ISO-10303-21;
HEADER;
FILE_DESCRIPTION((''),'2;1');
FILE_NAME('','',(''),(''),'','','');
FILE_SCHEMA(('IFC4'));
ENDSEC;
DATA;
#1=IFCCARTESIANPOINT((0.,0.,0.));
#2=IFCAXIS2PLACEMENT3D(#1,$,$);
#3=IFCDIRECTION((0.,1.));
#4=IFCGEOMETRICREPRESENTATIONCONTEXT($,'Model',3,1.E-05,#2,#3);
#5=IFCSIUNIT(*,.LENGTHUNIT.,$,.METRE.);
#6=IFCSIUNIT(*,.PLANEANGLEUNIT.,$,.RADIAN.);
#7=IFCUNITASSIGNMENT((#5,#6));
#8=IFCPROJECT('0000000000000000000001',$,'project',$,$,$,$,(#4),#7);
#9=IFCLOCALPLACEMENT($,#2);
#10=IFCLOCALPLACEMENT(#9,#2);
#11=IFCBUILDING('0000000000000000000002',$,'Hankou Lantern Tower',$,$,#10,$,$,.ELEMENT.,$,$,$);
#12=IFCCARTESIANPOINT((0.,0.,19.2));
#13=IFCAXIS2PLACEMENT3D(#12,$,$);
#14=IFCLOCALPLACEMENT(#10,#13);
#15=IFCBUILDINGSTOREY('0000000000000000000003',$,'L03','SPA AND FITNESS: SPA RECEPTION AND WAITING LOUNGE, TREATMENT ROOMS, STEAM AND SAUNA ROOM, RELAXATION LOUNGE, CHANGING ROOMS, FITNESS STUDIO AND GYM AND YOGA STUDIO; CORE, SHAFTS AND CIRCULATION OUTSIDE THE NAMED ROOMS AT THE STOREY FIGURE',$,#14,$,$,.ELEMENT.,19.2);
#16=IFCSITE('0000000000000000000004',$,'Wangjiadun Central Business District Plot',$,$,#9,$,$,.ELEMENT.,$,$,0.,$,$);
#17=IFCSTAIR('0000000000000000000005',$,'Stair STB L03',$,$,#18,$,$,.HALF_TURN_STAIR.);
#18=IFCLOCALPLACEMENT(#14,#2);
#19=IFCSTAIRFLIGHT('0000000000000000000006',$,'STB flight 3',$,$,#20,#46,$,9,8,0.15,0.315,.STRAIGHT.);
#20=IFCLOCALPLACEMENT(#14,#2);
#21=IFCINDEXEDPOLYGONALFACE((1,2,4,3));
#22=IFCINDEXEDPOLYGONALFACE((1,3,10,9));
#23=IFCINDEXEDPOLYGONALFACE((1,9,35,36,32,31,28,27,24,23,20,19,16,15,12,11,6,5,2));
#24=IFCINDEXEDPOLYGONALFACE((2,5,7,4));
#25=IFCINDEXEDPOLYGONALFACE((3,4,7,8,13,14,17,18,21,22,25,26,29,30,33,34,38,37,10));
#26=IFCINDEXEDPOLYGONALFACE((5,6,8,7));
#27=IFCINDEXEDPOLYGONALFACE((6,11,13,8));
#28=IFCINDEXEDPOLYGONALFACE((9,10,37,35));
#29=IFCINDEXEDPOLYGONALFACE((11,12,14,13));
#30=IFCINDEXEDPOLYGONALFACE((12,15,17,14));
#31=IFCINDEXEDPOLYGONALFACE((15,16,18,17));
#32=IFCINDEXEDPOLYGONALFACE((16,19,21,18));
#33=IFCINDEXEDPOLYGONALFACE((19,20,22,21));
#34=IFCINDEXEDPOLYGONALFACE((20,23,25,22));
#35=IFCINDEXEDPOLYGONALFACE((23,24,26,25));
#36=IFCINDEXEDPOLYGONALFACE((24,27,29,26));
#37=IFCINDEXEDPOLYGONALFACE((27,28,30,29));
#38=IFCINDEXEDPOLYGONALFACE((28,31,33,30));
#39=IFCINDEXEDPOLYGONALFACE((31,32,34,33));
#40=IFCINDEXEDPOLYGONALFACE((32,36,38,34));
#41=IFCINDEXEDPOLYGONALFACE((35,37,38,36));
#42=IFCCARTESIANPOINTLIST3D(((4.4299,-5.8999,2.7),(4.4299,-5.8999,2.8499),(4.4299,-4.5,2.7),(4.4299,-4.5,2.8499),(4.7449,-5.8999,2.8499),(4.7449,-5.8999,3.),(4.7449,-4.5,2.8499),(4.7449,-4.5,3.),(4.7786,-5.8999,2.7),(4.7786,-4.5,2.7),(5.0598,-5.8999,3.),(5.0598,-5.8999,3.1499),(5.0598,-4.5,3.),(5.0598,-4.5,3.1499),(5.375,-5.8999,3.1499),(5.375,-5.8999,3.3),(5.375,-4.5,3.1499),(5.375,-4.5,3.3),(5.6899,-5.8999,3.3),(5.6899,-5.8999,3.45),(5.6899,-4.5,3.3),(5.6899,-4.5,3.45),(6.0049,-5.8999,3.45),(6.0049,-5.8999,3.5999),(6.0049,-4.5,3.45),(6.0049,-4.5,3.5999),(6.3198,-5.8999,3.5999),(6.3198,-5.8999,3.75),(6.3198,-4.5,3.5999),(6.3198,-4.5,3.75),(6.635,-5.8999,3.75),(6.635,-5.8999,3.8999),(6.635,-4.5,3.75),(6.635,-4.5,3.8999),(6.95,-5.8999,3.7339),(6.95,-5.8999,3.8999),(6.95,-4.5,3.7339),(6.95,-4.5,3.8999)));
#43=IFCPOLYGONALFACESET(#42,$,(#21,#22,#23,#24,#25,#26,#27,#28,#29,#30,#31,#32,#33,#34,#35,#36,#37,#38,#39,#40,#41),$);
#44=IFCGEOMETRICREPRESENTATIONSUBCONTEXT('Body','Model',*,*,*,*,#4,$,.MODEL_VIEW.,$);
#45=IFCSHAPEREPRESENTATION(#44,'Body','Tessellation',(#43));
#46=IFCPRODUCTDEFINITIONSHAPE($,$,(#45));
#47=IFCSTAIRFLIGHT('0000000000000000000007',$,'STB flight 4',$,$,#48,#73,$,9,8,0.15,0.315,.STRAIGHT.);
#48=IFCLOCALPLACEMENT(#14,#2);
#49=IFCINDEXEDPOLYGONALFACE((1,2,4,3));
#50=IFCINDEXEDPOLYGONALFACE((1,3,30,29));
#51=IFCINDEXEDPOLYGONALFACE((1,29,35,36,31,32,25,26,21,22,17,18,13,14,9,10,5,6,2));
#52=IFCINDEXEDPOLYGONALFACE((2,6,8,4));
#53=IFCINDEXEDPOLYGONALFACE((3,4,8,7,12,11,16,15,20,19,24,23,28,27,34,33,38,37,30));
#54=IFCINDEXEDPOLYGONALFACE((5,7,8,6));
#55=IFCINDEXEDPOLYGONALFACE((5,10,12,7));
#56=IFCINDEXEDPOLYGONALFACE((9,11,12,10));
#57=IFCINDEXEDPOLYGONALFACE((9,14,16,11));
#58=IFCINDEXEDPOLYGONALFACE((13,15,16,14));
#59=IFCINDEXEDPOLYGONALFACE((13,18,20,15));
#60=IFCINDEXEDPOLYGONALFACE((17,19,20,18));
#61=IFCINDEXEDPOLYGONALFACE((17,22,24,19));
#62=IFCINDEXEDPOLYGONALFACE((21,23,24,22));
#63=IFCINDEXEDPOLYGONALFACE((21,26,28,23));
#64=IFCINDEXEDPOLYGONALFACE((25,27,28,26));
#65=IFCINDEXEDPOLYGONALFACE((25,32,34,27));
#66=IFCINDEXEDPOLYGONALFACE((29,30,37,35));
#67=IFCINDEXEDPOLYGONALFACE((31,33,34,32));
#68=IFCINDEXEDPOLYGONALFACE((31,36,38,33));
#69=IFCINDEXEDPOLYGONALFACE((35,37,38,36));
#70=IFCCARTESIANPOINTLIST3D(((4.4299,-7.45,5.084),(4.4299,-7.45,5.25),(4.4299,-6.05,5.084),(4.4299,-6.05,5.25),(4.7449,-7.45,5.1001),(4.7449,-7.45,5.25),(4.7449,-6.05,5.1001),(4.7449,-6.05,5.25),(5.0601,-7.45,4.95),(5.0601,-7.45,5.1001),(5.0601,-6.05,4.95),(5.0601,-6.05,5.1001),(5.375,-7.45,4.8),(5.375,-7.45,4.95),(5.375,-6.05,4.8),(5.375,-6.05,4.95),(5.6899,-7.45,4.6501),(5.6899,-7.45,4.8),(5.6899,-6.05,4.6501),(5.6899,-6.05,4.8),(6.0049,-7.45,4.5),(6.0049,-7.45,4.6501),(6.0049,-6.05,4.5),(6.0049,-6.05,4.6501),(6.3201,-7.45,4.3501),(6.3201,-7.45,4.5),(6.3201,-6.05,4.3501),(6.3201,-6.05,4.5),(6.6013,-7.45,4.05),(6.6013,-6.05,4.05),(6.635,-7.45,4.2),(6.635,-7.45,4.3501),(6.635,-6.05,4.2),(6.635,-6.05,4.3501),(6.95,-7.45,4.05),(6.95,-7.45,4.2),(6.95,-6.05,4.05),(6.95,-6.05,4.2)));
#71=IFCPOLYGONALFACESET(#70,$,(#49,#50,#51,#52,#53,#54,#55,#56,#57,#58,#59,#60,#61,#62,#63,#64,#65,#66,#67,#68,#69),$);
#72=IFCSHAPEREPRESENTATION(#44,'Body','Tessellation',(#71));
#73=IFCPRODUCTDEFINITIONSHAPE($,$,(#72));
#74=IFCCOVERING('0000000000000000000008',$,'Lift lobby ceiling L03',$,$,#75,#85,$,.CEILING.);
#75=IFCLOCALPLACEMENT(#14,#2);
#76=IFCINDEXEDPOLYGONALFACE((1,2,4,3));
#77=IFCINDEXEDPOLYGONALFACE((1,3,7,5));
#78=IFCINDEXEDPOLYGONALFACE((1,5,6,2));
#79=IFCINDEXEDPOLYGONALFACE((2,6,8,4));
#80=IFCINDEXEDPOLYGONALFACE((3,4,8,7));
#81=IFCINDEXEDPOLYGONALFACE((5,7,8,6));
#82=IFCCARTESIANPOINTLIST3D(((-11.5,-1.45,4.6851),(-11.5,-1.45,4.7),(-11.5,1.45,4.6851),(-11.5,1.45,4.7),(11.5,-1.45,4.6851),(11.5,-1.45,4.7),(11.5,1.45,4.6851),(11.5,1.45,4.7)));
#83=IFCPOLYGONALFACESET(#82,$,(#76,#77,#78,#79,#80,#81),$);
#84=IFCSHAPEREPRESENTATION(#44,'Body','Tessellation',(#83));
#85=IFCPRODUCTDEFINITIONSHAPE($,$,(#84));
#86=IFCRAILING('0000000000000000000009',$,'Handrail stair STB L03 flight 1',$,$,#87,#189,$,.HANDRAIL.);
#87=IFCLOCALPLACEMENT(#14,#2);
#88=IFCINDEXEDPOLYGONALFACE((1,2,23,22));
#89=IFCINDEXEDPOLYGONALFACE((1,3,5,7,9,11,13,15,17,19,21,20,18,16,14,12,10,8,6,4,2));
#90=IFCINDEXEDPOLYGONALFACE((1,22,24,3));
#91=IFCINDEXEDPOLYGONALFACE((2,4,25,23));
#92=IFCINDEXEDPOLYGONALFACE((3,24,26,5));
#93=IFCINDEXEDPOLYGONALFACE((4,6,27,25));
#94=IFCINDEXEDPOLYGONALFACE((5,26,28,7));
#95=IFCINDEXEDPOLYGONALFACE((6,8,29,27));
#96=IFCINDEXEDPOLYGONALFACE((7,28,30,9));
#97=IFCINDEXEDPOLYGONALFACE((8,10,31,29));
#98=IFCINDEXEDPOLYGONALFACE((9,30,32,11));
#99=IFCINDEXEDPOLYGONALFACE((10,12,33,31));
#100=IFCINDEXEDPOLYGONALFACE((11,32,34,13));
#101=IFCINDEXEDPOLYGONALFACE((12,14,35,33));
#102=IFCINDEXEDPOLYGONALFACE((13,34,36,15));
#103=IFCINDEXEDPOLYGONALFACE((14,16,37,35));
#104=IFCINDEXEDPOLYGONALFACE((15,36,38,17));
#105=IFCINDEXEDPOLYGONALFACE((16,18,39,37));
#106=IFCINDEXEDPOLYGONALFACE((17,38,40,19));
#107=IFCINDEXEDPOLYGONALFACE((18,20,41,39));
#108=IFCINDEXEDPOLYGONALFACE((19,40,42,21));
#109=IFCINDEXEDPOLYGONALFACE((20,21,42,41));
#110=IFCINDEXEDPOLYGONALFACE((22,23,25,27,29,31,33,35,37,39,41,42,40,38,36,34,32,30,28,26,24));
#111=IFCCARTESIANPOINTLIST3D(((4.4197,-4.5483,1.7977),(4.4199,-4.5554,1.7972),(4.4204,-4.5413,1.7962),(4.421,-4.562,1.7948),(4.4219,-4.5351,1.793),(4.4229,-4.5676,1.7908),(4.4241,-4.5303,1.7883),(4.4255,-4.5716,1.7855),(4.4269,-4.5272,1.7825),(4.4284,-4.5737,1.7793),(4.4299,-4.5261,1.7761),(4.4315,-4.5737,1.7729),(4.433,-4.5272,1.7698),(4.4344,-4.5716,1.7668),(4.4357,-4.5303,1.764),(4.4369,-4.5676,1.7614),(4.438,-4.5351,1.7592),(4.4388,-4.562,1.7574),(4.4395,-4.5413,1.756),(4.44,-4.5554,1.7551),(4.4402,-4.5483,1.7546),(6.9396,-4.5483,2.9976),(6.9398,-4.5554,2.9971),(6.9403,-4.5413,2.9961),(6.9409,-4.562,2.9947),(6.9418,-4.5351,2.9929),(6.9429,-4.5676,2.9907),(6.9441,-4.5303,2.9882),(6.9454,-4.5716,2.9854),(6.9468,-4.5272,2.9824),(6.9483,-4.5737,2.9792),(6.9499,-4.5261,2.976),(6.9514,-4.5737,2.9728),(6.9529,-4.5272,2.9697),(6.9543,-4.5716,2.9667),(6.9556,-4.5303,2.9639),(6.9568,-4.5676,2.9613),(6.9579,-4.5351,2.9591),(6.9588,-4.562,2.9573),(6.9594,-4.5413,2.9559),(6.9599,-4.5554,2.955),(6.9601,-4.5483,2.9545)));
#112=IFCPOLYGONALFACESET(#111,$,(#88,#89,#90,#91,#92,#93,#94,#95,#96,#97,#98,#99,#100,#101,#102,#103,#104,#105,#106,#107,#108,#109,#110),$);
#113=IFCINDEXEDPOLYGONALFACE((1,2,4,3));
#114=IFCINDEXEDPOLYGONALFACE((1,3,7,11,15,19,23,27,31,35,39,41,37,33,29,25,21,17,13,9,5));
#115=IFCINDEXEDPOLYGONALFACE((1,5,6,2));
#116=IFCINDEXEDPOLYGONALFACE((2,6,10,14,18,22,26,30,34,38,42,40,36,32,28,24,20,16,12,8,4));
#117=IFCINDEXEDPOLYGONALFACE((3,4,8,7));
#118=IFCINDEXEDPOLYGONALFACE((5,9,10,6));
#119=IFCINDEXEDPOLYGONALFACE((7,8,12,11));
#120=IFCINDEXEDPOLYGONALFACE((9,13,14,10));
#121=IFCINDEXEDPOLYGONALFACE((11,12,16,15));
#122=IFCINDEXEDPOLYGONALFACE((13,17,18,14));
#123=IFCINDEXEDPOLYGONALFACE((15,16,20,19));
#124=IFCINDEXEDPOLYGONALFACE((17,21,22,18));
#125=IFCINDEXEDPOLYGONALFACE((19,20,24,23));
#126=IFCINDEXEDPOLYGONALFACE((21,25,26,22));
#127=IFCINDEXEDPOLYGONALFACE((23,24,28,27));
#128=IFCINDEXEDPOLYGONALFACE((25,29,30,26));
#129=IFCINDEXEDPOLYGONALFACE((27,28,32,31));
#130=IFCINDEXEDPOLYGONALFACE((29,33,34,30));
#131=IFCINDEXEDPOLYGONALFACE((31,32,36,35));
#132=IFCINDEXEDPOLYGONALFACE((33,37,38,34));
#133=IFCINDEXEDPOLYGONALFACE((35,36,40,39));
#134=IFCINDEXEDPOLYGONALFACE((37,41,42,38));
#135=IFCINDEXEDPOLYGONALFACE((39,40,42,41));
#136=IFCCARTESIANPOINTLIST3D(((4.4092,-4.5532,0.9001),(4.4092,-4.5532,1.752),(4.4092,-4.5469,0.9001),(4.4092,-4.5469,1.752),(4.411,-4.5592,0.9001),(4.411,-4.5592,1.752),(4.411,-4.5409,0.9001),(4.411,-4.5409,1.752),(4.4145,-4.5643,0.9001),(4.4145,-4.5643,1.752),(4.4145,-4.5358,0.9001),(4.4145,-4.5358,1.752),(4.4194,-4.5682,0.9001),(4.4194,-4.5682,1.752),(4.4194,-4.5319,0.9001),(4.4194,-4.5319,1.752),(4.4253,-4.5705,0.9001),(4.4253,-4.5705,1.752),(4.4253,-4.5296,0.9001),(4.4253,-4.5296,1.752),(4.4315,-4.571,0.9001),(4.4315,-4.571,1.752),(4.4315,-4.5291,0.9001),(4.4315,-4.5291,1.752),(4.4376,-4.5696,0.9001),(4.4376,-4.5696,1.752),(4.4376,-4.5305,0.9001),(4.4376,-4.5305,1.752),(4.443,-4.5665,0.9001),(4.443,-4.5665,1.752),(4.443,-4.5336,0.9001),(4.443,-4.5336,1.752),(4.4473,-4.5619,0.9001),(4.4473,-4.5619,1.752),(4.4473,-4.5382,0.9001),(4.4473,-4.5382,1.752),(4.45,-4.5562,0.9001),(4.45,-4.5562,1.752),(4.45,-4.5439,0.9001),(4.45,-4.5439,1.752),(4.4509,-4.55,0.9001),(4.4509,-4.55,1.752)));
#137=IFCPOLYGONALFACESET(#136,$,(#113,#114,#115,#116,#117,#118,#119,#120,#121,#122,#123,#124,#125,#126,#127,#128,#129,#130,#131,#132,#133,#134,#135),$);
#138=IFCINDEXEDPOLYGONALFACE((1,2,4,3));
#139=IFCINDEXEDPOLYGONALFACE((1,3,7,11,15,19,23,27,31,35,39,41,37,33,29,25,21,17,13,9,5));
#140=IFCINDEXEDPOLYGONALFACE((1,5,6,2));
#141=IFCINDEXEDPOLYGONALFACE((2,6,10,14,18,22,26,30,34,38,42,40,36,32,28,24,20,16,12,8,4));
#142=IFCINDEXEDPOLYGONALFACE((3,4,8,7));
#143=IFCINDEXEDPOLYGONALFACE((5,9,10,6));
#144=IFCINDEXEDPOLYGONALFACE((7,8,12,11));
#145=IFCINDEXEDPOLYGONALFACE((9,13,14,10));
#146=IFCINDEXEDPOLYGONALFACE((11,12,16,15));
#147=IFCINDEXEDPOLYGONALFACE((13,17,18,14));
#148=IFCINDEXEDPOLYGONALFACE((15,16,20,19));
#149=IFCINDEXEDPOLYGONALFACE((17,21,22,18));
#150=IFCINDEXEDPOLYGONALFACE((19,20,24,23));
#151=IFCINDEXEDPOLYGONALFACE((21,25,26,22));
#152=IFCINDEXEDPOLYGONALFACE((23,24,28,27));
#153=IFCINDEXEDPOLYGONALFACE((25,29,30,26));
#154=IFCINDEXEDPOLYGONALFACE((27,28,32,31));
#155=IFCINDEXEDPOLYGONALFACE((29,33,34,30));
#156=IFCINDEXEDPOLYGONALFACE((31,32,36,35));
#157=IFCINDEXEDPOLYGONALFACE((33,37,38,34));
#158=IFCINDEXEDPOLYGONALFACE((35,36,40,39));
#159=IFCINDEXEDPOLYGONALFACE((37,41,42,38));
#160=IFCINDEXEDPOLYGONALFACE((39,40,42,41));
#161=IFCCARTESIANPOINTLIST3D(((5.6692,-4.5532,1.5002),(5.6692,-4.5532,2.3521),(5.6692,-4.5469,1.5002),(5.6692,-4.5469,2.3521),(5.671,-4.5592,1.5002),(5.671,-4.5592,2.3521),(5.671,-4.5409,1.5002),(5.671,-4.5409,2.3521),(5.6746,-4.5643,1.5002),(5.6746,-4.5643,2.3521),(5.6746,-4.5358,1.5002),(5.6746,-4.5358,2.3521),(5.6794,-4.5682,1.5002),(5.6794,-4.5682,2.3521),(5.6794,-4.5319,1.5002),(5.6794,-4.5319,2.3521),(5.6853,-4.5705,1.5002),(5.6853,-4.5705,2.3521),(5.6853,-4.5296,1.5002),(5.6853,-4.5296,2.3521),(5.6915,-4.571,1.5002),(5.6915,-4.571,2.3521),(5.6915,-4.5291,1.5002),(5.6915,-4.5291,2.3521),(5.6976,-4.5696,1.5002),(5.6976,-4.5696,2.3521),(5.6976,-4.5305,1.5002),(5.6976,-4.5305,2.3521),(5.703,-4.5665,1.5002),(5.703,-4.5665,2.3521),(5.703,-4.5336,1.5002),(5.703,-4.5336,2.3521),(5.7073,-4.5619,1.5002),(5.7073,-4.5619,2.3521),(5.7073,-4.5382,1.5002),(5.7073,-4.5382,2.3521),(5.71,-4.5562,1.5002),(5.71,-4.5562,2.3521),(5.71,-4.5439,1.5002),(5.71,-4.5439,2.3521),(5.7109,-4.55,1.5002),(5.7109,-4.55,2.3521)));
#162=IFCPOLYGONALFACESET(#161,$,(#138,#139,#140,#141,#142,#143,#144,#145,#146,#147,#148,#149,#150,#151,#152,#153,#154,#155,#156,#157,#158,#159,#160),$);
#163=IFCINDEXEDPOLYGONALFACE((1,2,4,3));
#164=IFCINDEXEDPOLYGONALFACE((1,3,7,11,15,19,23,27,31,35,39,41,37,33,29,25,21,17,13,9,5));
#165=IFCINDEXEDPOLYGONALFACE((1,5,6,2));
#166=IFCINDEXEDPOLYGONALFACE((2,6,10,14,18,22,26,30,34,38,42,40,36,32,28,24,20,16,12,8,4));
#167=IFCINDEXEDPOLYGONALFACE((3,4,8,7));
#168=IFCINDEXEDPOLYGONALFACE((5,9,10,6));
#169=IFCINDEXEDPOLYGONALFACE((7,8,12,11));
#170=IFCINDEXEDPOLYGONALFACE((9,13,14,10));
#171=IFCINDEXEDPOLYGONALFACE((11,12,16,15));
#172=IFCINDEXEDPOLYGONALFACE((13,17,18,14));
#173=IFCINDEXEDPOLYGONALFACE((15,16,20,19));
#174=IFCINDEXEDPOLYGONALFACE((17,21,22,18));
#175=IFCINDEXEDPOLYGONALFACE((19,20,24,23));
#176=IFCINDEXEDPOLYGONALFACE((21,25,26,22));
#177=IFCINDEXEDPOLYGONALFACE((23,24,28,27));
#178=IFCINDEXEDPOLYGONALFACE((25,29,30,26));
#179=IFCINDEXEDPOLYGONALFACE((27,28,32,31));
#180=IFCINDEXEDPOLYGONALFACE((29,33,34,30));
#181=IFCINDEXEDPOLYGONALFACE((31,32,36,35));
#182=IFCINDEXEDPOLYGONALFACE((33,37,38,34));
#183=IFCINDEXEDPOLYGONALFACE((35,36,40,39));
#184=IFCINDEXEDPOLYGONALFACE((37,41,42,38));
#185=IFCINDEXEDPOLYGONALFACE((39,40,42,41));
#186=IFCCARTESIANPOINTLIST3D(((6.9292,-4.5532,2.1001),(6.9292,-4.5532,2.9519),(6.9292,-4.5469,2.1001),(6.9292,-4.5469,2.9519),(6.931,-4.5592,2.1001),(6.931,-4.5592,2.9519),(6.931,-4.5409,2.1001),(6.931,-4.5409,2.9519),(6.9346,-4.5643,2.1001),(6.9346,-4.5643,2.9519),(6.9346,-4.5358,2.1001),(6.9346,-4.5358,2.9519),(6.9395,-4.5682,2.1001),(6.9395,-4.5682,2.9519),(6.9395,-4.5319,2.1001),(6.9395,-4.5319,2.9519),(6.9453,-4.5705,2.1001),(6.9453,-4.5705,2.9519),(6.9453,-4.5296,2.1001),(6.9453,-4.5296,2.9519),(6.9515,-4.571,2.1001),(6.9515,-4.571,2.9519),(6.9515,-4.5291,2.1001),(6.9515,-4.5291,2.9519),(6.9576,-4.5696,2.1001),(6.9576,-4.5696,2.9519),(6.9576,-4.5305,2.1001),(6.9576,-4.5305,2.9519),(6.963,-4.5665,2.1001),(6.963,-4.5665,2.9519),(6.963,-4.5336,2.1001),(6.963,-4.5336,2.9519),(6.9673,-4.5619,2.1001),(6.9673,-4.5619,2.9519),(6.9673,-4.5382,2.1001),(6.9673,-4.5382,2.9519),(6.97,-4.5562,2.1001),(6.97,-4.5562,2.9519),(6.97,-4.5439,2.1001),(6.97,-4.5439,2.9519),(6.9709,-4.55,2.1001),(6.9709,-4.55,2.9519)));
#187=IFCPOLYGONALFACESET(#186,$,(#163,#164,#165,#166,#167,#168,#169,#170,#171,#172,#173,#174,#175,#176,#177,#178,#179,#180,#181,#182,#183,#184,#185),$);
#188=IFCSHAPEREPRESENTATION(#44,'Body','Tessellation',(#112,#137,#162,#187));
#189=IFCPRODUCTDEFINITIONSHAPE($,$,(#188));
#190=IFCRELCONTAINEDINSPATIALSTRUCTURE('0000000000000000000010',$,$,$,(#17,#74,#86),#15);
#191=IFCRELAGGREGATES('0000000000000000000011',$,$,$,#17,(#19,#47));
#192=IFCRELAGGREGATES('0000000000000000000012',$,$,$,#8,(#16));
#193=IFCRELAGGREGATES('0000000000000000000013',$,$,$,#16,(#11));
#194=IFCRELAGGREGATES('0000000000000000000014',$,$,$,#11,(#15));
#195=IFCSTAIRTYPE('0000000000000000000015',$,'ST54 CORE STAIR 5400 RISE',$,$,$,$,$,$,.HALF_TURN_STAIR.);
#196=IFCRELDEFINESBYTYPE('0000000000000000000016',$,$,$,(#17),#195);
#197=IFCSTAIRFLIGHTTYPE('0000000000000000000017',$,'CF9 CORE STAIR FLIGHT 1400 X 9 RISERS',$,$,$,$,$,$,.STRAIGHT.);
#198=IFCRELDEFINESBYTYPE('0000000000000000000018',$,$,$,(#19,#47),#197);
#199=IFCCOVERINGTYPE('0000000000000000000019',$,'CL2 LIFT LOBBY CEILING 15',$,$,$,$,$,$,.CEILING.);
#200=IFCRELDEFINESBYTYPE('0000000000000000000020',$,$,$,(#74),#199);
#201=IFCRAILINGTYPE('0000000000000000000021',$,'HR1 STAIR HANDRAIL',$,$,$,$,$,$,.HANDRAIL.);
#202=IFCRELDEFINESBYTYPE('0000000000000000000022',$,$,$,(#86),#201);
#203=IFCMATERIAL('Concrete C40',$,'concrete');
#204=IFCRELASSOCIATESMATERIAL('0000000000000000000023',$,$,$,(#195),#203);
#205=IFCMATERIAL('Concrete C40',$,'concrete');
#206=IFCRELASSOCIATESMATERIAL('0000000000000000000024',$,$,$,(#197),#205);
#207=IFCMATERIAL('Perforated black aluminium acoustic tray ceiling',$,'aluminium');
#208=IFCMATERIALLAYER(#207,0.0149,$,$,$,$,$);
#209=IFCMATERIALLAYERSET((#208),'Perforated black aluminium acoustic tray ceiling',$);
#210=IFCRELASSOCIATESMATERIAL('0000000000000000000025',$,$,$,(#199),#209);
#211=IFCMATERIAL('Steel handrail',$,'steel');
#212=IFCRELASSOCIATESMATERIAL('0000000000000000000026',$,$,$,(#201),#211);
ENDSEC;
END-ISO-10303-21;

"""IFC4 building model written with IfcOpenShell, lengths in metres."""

from ifc_helpers import new_model, si_unit, direction, frame, origin, origin_2d, place, context, subcontext, project, spatial, polyline, circle, outline, extrude, material, layer, layer_set, type_object, element, aggregate, save


model = new_model("IFC4")

# Units and contexts
model_context = context("Model", 3, precision=1e-05, world=origin(), true_north=direction((0.0, 1.0)))
body_context = subcontext(model_context, "Body", "Model", "MODEL_VIEW")
ifc_project = project(units=[si_unit("LENGTHUNIT", "METRE"), si_unit("PLANEANGLEUNIT", "RADIAN")], contexts=[model_context])

# Site, building, storey
site_placement = place(None, origin())
site = spatial("IfcSite", under=ifc_project, at=site_placement, Name="Wangjiadun Central Business District Plot", CompositionType="ELEMENT", RefElevation=0.0)
building_placement = place(site_placement, origin())
building = spatial("IfcBuilding", under=site, at=building_placement, Name="Hankou Lantern Tower", CompositionType="ELEMENT")
storey_placement = place(building_placement, frame((0.0, 0.0, 19.2)))
storey = spatial("IfcBuildingStorey", under=building, at=storey_placement, Name="L03", Description="SPA AND FITNESS: SPA RECEPTION AND WAITING LOUNGE, TREATMENT ROOMS, STEAM AND SAUNA ROOM, RELAXATION LOUNGE, CHANGING ROOMS, FITNESS STUDIO AND GYM AND YOGA STUDIO; CORE, SHAFTS AND CIRCULATION OUTSIDE THE NAMED ROOMS AT THE STOREY FIGURE", CompositionType="ELEMENT", Elevation=19.2)

# Stair
ifc_material_1 = material(Name="Concrete C40", Category="concrete")
stair_type_1 = type_object("IfcStairType", Name="ST54 CORE STAIR 5400 RISE", PredefinedType="HALF_TURN_STAIR", material=ifc_material_1)
stair_1_placement = place(storey_placement, origin())
stair_1 = element("IfcStair", 1, at=stair_1_placement, inside=storey, type_object=stair_type_1, Name="Stair STB L03", PredefinedType="HALF_TURN_STAIR")

# Stair flights
ifc_material_2 = material(Name="Concrete C40", Category="concrete")
stair_flight_type = type_object("IfcStairFlightType", Name="CF9 CORE STAIR FLIGHT 1400 X 9 RISERS", PredefinedType="STRAIGHT", material=ifc_material_2)
stair_flight_1_placement = place(storey_placement, frame((4.4299, -5.2, 2.7), z_axis=(0.0, 0.0, 1.0), x_axis=(1.0, 0.0, 0.0)))
stair_flight_1 = element("IfcStairFlight", 2, at=stair_flight_1_placement, type_object=stair_flight_type, Name="STB flight 3", NumberOfRisers=9, NumberOfTreads=8, PredefinedType="STRAIGHT", RiserHeight=0.15, TreadLength=0.315, context=body_context, shape_type="SweptSolid", body=[
    extrude(outline(polyline([(0.0, 0.0), (0.0, 0.1499), (0.3149, 0.1499), (0.3149, 0.3), (0.6299, 0.3), (0.6299, 0.45), (0.9451, 0.45), (0.9451, 0.6001), (1.26, 0.6001), (1.26, 0.75), (1.575, 0.75), (1.575, 0.8999), (1.8899, 0.8999), (1.8899, 1.05), (2.2051, 1.05), (2.2051, 1.2), (2.52, 1.2), (2.52, 1.3501), (2.52, 1.0339), (0.3486, 0.0), (0.0, 0.0)])), frame((0.0, 0.7, 0.0), z_axis=(0.0, -1.0, 0.0), x_axis=(1.0, 0.0, 0.0)), (0.0, 0.0, 1.0), 1.3999),
])
stair_flight_2_placement = place(storey_placement, frame((6.95, -6.75, 4.05), z_axis=(0.0, 0.0, 1.0), x_axis=(-1.0, 0.0, 0.0)))
stair_flight_2 = element("IfcStairFlight", 3, at=stair_flight_2_placement, type_object=stair_flight_type, Name="STB flight 4", NumberOfRisers=9, NumberOfTreads=8, PredefinedType="STRAIGHT", RiserHeight=0.15, TreadLength=0.315, context=body_context, shape_type="SweptSolid", body=[
    extrude(outline(polyline([(0.0, 0.0), (0.0, 0.1499), (0.3149, 0.1499), (0.3149, 0.3), (0.6299, 0.3), (0.6299, 0.45), (0.9451, 0.45), (0.9451, 0.6001), (1.26, 0.6001), (1.26, 0.75), (1.575, 0.75), (1.575, 0.8999), (1.8899, 0.8999), (1.8899, 1.05), (2.2051, 1.05), (2.2051, 1.2), (2.52, 1.2), (2.52, 1.3501), (2.52, 1.0339), (0.3486, 0.0), (0.0, 0.0)])), frame((0.0, 0.7, 0.0), z_axis=(0.0, -1.0, 0.0), x_axis=(1.0, 0.0, 0.0)), (0.0, 0.0, 1.0), 1.3999),
])
aggregate(stair_1, [stair_flight_1, stair_flight_2])

# Covering
ifc_material_3 = material(Name="Perforated black aluminium acoustic tray ceiling", Category="aluminium")
ifc_layer_1 = layer(ifc_material_3, 0.0149)
ifc_layer_set_1 = layer_set([ifc_layer_1], Name="Perforated black aluminium acoustic tray ceiling")
covering_type = type_object("IfcCoveringType", Name="CL2 LIFT LOBBY CEILING 15", PredefinedType="CEILING", material=ifc_layer_set_1)
covering_placement = place(storey_placement, frame((0.0, 0.0, 4.6851)))
element("IfcCovering", 4, at=covering_placement, inside=storey, type_object=covering_type, Name="Lift lobby ceiling L03", PredefinedType="CEILING", context=body_context, shape_type="SweptSolid", body=[
    extrude(outline(polyline([(-11.5, -1.45), (11.5, -1.45), (11.5, 1.45), (-11.5, 1.45), (-11.5, -1.45)])), origin(), (0.0, 0.0, 1.0), 0.0149),
])

# Railing
ifc_material_4 = material(Name="Steel handrail", Category="steel")
railing_type = type_object("IfcRailingType", Name="HR1 STAIR HANDRAIL", PredefinedType="HANDRAIL", material=ifc_material_4)
for number, where, name in (
    (5, (4.4299, -4.55, 0.9001), "Handrail stair STB L03 flight 1"),
):
    element("IfcRailing", number, at=place(storey_placement, frame(where)), inside=storey, type_object=railing_type, Name=name, PredefinedType="HANDRAIL", context=body_context, shape_type="SweptSolid", body=[
        extrude(circle(Radius=0.0239, at=origin_2d()), frame((0.0, 0.0, 0.876), z_axis=(0.902869, 0.0, 0.429917), x_axis=(0.0, 1.0, 0.0)), (0.0, 0.0, 1.0), 2.791),
        extrude(circle(Radius=0.021, at=origin_2d()), origin(), (0.0, 0.0, 1.0), 0.8518),
        extrude(circle(Radius=0.021, at=origin_2d()), frame((1.26, 0.0, 0.6001)), (0.0, 0.0, 1.0), 0.8518),
        extrude(circle(Radius=0.021, at=origin_2d()), frame((2.52, 0.0, 1.2)), (0.0, 0.0, 1.0), 0.8518),
    ])

save(model, "model.ifc")
